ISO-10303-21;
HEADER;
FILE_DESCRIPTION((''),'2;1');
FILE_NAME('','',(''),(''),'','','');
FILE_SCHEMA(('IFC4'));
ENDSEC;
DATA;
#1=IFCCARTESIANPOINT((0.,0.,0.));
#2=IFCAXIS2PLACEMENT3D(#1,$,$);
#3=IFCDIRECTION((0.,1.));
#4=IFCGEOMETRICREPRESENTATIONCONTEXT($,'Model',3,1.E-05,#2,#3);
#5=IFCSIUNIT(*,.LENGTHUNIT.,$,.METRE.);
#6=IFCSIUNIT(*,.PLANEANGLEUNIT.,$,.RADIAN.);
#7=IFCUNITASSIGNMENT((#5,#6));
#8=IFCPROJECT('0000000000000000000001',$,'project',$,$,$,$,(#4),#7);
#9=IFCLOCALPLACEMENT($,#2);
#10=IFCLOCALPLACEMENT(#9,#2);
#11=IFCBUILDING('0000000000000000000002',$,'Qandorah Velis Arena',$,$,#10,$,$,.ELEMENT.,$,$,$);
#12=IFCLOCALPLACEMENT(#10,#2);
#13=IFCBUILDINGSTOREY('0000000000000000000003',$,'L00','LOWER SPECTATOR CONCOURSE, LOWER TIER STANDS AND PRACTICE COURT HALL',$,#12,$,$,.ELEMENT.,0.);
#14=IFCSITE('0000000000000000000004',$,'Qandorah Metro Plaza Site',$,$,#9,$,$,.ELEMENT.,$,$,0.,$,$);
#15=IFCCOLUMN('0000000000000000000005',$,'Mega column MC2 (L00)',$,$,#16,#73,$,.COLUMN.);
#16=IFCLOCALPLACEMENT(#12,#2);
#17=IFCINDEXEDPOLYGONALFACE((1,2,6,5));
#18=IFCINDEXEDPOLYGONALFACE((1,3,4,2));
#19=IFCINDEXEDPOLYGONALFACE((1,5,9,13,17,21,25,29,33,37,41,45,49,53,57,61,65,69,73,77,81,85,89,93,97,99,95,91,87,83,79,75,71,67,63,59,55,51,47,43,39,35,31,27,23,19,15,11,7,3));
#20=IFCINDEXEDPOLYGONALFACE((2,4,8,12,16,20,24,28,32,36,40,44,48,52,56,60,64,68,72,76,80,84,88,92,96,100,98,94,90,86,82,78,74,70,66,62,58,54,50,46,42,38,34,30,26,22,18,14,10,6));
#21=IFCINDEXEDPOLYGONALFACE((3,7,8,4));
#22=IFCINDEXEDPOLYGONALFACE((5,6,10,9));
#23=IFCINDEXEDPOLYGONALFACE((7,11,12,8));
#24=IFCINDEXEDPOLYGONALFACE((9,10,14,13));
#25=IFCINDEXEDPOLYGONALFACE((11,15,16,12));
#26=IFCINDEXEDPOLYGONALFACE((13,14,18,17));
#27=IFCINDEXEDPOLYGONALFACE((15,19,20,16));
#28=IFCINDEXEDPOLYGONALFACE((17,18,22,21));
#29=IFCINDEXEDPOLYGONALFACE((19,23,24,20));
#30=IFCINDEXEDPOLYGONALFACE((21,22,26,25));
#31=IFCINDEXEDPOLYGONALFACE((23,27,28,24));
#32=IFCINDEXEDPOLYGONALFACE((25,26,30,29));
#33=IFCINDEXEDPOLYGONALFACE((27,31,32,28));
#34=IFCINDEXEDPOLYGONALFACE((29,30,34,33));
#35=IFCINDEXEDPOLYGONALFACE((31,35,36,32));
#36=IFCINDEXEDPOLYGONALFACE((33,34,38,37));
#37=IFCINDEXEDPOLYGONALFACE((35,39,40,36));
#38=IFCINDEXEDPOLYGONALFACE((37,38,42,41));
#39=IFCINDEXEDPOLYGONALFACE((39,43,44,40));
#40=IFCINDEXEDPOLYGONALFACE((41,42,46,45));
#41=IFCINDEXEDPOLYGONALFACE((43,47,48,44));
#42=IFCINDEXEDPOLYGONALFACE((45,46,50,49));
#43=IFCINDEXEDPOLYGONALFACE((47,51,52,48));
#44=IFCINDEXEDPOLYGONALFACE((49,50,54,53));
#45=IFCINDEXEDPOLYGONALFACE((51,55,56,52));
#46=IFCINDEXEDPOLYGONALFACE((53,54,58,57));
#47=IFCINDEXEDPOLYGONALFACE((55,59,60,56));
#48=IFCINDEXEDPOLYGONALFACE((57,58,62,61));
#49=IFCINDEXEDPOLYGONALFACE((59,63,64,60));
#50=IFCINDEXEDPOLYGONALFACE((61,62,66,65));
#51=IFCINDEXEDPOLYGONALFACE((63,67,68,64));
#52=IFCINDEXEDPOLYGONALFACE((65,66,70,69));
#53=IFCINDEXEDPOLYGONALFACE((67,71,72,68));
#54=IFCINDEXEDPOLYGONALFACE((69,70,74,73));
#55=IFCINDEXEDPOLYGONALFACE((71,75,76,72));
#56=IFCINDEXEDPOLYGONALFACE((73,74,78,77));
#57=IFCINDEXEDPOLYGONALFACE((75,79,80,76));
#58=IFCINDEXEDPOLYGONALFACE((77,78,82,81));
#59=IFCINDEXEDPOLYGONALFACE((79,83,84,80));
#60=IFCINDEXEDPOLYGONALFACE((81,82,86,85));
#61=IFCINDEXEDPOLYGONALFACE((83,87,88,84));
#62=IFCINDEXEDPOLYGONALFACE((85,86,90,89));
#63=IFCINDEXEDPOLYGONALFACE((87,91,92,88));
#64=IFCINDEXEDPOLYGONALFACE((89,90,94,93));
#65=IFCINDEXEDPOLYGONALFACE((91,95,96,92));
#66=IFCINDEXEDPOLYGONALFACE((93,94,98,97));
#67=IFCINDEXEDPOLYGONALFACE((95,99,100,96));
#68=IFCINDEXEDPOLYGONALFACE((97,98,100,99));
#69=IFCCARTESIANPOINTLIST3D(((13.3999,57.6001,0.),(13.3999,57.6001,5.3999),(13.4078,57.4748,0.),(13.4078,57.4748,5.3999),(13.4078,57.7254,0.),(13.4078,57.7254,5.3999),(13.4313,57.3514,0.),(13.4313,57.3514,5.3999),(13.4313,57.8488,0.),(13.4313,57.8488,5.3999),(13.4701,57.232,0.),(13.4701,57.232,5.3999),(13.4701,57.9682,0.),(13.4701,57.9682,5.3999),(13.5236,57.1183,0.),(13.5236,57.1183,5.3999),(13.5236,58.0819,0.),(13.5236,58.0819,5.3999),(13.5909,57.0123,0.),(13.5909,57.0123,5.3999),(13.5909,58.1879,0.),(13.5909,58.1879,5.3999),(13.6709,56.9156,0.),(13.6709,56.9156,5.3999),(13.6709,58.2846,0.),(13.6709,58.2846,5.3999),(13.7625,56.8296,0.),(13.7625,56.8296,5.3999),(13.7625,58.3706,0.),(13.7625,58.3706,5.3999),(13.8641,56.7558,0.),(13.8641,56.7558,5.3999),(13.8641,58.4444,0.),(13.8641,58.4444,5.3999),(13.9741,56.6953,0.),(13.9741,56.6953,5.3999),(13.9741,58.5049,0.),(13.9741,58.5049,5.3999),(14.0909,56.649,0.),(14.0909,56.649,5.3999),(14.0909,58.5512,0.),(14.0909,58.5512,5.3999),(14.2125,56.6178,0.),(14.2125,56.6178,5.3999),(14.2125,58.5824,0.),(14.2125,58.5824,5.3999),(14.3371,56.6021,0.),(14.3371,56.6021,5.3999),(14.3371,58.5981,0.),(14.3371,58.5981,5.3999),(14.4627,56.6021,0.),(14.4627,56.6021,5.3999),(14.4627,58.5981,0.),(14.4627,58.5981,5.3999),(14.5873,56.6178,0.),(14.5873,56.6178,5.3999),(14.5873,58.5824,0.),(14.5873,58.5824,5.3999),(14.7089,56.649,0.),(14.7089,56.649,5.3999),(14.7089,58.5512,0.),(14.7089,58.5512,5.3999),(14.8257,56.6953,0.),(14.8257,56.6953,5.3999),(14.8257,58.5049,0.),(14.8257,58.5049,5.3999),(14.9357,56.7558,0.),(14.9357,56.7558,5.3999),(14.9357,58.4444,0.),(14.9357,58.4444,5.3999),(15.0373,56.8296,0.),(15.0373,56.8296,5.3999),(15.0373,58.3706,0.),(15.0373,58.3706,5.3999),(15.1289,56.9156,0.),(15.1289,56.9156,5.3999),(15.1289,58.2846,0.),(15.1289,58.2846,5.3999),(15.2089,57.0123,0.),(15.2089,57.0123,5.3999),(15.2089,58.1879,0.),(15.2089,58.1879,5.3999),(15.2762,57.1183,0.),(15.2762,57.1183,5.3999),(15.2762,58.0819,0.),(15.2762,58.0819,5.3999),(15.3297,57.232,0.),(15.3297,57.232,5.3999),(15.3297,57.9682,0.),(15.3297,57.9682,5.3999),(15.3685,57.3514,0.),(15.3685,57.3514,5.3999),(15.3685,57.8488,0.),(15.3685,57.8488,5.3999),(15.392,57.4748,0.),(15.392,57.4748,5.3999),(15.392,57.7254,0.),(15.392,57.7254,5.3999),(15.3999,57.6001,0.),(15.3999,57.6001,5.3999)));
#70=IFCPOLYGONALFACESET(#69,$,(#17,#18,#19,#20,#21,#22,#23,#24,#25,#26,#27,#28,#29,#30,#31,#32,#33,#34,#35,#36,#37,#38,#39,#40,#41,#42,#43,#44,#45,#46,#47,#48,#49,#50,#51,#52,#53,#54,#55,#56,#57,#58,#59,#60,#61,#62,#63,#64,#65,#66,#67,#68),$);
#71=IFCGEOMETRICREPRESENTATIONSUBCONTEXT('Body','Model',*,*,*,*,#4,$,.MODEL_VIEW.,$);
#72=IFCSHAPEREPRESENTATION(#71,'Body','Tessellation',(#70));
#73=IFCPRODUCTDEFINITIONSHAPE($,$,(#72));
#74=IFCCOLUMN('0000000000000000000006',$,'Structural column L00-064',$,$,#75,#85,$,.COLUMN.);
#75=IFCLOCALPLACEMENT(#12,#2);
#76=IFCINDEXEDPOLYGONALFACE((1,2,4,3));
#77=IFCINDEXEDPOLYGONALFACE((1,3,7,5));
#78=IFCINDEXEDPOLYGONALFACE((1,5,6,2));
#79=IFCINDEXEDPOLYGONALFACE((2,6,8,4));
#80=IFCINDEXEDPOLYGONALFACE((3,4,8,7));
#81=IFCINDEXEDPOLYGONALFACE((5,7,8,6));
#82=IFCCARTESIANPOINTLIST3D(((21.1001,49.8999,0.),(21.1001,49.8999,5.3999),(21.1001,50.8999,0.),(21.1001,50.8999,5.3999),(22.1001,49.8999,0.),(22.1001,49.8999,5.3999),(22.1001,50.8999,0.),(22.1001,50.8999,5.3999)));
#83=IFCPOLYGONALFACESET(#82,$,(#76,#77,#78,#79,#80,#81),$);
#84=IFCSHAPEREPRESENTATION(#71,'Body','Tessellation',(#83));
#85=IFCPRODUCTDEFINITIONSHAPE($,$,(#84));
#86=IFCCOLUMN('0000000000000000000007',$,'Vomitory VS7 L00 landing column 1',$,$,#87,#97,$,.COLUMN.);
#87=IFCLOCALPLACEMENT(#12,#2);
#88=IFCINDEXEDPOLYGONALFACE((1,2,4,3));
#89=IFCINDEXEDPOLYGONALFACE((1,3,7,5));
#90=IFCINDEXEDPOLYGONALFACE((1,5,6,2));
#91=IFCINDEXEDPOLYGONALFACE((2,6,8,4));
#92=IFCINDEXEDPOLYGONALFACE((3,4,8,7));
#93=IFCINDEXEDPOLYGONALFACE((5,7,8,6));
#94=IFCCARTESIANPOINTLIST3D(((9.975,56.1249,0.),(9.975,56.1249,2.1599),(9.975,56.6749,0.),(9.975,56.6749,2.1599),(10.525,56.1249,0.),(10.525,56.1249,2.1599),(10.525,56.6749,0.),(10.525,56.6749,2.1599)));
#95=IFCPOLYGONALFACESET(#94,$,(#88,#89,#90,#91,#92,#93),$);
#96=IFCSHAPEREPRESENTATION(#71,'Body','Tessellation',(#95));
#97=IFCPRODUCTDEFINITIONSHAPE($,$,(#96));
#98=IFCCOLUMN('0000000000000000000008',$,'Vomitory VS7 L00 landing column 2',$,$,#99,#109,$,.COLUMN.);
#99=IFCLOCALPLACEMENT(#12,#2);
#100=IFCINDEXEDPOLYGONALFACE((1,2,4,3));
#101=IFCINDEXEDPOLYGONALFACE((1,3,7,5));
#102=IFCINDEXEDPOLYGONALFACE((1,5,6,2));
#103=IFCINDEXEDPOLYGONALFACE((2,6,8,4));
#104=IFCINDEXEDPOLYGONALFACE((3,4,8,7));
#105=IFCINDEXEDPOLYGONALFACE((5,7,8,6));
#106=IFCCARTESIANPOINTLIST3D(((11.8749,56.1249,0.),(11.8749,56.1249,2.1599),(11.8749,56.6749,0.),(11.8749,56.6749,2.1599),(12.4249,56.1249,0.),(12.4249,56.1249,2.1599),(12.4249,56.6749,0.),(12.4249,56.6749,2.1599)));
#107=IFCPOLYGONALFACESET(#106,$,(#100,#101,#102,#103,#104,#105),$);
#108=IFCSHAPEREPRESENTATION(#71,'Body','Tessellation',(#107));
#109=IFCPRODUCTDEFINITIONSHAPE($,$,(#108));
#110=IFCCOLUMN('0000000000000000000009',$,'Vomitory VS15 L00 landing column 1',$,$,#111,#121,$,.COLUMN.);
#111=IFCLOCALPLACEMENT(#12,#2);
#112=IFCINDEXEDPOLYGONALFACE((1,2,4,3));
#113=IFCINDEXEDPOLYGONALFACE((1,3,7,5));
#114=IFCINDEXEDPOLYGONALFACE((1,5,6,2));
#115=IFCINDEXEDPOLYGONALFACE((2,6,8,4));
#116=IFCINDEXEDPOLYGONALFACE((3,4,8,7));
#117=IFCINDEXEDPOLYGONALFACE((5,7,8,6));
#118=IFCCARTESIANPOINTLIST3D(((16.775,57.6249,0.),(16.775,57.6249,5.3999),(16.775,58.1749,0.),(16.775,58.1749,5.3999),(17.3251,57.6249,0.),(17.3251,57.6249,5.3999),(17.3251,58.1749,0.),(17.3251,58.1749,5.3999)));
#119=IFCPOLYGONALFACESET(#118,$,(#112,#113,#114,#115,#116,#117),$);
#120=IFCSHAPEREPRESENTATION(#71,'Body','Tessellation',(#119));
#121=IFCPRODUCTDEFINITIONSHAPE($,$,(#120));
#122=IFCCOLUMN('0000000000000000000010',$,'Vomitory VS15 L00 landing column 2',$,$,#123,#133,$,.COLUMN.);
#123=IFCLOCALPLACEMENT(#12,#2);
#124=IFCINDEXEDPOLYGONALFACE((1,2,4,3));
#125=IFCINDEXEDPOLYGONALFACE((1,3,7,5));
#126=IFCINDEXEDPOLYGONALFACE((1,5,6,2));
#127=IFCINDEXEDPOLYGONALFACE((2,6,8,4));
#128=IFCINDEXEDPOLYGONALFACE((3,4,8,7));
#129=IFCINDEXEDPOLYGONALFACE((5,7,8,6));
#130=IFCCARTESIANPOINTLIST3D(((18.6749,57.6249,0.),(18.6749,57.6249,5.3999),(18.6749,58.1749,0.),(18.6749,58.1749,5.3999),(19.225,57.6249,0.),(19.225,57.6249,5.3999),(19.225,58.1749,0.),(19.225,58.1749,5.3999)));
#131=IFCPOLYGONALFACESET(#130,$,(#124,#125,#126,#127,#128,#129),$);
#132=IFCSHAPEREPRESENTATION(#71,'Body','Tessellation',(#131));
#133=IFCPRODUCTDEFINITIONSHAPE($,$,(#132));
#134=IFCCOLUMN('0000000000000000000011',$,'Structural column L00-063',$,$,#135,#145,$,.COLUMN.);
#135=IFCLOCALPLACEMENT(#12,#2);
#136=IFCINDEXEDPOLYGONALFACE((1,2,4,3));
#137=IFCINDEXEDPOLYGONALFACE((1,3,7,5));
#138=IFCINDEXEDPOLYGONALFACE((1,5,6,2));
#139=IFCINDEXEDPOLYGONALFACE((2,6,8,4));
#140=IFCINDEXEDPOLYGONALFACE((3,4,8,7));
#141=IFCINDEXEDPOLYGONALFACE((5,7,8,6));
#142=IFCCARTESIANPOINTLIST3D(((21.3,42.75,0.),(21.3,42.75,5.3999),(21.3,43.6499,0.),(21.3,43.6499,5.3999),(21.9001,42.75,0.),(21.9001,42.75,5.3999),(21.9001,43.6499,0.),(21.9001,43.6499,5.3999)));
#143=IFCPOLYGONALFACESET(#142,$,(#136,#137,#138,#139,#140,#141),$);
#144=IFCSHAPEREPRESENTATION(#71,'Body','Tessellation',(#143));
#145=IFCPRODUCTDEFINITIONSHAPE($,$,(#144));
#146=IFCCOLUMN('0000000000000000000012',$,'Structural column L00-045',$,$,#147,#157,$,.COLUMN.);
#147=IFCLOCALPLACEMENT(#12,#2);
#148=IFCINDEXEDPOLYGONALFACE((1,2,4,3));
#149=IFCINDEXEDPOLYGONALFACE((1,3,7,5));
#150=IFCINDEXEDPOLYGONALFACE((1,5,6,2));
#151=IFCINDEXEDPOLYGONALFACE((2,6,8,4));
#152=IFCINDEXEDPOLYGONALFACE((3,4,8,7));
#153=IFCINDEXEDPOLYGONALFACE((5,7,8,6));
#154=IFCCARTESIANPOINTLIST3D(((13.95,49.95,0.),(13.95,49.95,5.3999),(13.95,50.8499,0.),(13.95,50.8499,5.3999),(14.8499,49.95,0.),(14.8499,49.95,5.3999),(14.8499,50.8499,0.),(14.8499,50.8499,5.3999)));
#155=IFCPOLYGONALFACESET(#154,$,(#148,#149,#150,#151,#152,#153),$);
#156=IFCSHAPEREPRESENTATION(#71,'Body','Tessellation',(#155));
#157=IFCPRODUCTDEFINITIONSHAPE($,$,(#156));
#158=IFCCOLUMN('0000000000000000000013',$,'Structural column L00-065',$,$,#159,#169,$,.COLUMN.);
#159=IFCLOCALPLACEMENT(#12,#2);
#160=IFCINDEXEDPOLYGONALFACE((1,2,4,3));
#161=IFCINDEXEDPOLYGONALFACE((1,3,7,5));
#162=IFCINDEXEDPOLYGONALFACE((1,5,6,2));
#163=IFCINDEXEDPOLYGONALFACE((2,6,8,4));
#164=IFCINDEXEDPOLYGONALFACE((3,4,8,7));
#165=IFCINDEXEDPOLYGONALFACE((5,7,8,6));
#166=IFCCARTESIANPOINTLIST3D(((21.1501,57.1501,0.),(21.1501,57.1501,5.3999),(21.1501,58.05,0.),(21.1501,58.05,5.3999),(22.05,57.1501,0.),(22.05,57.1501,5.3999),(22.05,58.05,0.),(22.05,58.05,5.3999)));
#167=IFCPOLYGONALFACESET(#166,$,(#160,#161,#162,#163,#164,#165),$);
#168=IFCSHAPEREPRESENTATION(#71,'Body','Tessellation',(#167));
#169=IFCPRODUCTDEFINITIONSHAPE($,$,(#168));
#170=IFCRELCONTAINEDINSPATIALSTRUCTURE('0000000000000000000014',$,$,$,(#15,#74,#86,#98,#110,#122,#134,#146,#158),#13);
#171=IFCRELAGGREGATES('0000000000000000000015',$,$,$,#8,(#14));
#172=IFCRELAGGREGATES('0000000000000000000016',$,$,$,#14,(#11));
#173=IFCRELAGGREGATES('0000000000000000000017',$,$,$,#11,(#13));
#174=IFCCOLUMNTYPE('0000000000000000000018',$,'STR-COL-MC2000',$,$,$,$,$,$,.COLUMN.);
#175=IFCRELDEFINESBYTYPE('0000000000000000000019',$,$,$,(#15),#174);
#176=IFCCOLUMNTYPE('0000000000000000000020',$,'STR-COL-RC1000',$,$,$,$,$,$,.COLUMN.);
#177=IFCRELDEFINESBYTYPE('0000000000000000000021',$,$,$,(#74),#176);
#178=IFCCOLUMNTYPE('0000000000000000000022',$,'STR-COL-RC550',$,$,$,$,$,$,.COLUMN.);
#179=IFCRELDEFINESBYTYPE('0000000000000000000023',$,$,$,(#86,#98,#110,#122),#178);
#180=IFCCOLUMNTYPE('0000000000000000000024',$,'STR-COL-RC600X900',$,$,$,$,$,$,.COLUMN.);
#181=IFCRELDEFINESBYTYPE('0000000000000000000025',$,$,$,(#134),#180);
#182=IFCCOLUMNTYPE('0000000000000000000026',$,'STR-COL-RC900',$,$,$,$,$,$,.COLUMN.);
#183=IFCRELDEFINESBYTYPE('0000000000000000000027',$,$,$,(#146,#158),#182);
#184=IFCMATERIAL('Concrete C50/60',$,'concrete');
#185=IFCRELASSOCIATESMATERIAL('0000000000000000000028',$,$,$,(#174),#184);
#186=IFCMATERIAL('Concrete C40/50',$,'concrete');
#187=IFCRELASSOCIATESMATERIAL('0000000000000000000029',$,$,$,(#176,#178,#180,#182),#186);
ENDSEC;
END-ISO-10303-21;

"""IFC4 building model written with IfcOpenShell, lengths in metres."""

from ifc_helpers import new_model, si_unit, direction, frame, origin, origin_2d, place, context, subcontext, project, spatial, rectangle, circle, extrude, material, material_profile, profile_set, type_object, element, save


model = new_model("IFC4")

# Units and contexts
model_context = context("Model", 3, precision=1e-05, world=origin(), true_north=direction((0.0, 1.0)))
body_context = subcontext(model_context, "Body", "Model", "MODEL_VIEW")
ifc_project = project(units=[si_unit("LENGTHUNIT", "METRE"), si_unit("PLANEANGLEUNIT", "RADIAN")], contexts=[model_context])

# Site, building, storey
site_placement = place(None, origin())
site = spatial("IfcSite", under=ifc_project, at=site_placement, Name="Qandorah Metro Plaza Site", CompositionType="ELEMENT", RefElevation=0.0)
building_placement = place(site_placement, origin())
building = spatial("IfcBuilding", under=site, at=building_placement, Name="Qandorah Velis Arena", CompositionType="ELEMENT")
storey_placement = place(building_placement, origin())
storey = spatial("IfcBuildingStorey", under=building, at=storey_placement, Name="L00", Description="LOWER SPECTATOR CONCOURSE, LOWER TIER STANDS AND PRACTICE COURT HALL", CompositionType="ELEMENT", Elevation=0.0)

# Columns
ifc_material_1 = material(Name="Concrete C50/60", Category="concrete")
ifc_material_profile_1 = material_profile(ifc_material_1, circle(Radius=1.0, at=origin_2d()), Name="MC D2000")
ifc_profile_set_1 = profile_set([ifc_material_profile_1], Name="Concrete C50/60")
column_type_1 = type_object("IfcColumnType", Name="STR-COL-MC2000", PredefinedType="COLUMN", material=ifc_profile_set_1)
column_1_placement = place(storey_placement, frame((14.3999, 57.6001, 0.0), z_axis=(0.0, 0.0, 1.0), x_axis=(1.0, 0.0, 0.0)))
element("IfcColumn", 1, at=column_1_placement, inside=storey, type_object=column_type_1, Name="Mega column MC2 (L00)", PredefinedType="COLUMN", context=body_context, shape_type="SweptSolid", body=[
    extrude(circle(Radius=1.0, at=origin_2d()), origin(), (0.0, 0.0, 1.0), 5.3999),
])
ifc_material_2 = material(Name="Concrete C40/50", Category="concrete")
ifc_material_profile_2 = material_profile(ifc_material_2, rectangle(XDim=1.0, YDim=1.0, at=origin_2d()), Name="RC COL 1000x1000")
ifc_profile_set_2 = profile_set([ifc_material_profile_2], Name="Concrete C40/50")
column_type_2 = type_object("IfcColumnType", Name="STR-COL-RC1000", PredefinedType="COLUMN", material=ifc_profile_set_2)
column_2_placement = place(storey_placement, frame((21.6001, 50.3999, 0.0), z_axis=(0.0, 0.0, 1.0), x_axis=(1.0, 0.0, 0.0)))
element("IfcColumn", 2, at=column_2_placement, inside=storey, type_object=column_type_2, Name="Structural column L00-064", PredefinedType="COLUMN", context=body_context, shape_type="SweptSolid", body=[
    extrude(rectangle(XDim=1.0, YDim=1.0, at=origin_2d()), origin(), (0.0, 0.0, 1.0), 5.3999),
])
ifc_material_profile_3 = material_profile(ifc_material_2, rectangle(XDim=0.55, YDim=0.55, at=origin_2d()), Name="RC COL 550x550")
ifc_profile_set_3 = profile_set([ifc_material_profile_3], Name="Concrete C40/50")
column_type_3 = type_object("IfcColumnType", Name="STR-COL-RC550", PredefinedType="COLUMN", material=ifc_profile_set_3)
for number, where, z_axis, x_axis, name in (
    (3, (10.25, 56.3999, 0.0), (0.0, 0.0, 1.0), (1.0, 0.0, 0.0), "Vomitory VS7 L00 landing column 1"),
    (4, (12.1499, 56.3999, 0.0), (0.0, 0.0, 1.0), (1.0, 0.0, 0.0), "Vomitory VS7 L00 landing column 2"),
):
    element("IfcColumn", number, at=place(storey_placement, frame(where, z_axis=z_axis, x_axis=x_axis)), inside=storey, type_object=column_type_3, Name=name, PredefinedType="COLUMN", context=body_context, shape_type="SweptSolid", body=[
        extrude(rectangle(XDim=0.55, YDim=0.55, at=origin_2d()), origin(), (0.0, 0.0, 1.0), 2.1599),
    ])
for number, where, z_axis, x_axis, name in (
    (5, (17.05, 57.8999, 0.0), (0.0, 0.0, 1.0), (1.0, 0.0, 0.0), "Vomitory VS15 L00 landing column 1"),
    (6, (18.95, 57.8999, 0.0), (0.0, 0.0, 1.0), (1.0, 0.0, 0.0), "Vomitory VS15 L00 landing column 2"),
):
    element("IfcColumn", number, at=place(storey_placement, frame(where, z_axis=z_axis, x_axis=x_axis)), inside=storey, type_object=column_type_3, Name=name, PredefinedType="COLUMN", context=body_context, shape_type="SweptSolid", body=[
        extrude(rectangle(XDim=0.55, YDim=0.55, at=origin_2d()), origin(), (0.0, 0.0, 1.0), 5.3999),
    ])
ifc_material_profile_4 = material_profile(ifc_material_2, rectangle(XDim=0.6001, YDim=0.8999, at=origin_2d()), Name="RC COL 600x900")
ifc_profile_set_4 = profile_set([ifc_material_profile_4], Name="Concrete C40/50")
column_type_4 = type_object("IfcColumnType", Name="STR-COL-RC600X900", PredefinedType="COLUMN", material=ifc_profile_set_4)
column_3_placement = place(storey_placement, frame((21.6001, 43.2, 0.0), z_axis=(0.0, 0.0, 1.0), x_axis=(1.0, 0.0, 0.0)))
element("IfcColumn", 7, at=column_3_placement, inside=storey, type_object=column_type_4, Name="Structural column L00-063", PredefinedType="COLUMN", context=body_context, shape_type="SweptSolid", body=[
    extrude(rectangle(XDim=0.6001, YDim=0.8999, at=origin_2d()), origin(), (0.0, 0.0, 1.0), 5.3999),
])
ifc_material_profile_5 = material_profile(ifc_material_2, rectangle(XDim=0.8999, YDim=0.8999, at=origin_2d()), Name="RC COL 900x900")
ifc_profile_set_5 = profile_set([ifc_material_profile_5], Name="Concrete C40/50")
column_type_5 = type_object("IfcColumnType", Name="STR-COL-RC900", PredefinedType="COLUMN", material=ifc_profile_set_5)
for number, where, z_axis, x_axis, name in (
    (8, (14.3999, 50.3999, 0.0), (0.0, 0.0, 1.0), (1.0, 0.0, 0.0), "Structural column L00-045"),
    (9, (21.6001, 57.6001, 0.0), (0.0, 0.0, 1.0), (1.0, 0.0, 0.0), "Structural column L00-065"),
):
    element("IfcColumn", number, at=place(storey_placement, frame(where, z_axis=z_axis, x_axis=x_axis)), inside=storey, type_object=column_type_5, Name=name, PredefinedType="COLUMN", context=body_context, shape_type="SweptSolid", body=[
        extrude(rectangle(XDim=0.8999, YDim=0.8999, at=origin_2d()), origin(), (0.0, 0.0, 1.0), 5.3999),
    ])

save(model, "model.ifc")
